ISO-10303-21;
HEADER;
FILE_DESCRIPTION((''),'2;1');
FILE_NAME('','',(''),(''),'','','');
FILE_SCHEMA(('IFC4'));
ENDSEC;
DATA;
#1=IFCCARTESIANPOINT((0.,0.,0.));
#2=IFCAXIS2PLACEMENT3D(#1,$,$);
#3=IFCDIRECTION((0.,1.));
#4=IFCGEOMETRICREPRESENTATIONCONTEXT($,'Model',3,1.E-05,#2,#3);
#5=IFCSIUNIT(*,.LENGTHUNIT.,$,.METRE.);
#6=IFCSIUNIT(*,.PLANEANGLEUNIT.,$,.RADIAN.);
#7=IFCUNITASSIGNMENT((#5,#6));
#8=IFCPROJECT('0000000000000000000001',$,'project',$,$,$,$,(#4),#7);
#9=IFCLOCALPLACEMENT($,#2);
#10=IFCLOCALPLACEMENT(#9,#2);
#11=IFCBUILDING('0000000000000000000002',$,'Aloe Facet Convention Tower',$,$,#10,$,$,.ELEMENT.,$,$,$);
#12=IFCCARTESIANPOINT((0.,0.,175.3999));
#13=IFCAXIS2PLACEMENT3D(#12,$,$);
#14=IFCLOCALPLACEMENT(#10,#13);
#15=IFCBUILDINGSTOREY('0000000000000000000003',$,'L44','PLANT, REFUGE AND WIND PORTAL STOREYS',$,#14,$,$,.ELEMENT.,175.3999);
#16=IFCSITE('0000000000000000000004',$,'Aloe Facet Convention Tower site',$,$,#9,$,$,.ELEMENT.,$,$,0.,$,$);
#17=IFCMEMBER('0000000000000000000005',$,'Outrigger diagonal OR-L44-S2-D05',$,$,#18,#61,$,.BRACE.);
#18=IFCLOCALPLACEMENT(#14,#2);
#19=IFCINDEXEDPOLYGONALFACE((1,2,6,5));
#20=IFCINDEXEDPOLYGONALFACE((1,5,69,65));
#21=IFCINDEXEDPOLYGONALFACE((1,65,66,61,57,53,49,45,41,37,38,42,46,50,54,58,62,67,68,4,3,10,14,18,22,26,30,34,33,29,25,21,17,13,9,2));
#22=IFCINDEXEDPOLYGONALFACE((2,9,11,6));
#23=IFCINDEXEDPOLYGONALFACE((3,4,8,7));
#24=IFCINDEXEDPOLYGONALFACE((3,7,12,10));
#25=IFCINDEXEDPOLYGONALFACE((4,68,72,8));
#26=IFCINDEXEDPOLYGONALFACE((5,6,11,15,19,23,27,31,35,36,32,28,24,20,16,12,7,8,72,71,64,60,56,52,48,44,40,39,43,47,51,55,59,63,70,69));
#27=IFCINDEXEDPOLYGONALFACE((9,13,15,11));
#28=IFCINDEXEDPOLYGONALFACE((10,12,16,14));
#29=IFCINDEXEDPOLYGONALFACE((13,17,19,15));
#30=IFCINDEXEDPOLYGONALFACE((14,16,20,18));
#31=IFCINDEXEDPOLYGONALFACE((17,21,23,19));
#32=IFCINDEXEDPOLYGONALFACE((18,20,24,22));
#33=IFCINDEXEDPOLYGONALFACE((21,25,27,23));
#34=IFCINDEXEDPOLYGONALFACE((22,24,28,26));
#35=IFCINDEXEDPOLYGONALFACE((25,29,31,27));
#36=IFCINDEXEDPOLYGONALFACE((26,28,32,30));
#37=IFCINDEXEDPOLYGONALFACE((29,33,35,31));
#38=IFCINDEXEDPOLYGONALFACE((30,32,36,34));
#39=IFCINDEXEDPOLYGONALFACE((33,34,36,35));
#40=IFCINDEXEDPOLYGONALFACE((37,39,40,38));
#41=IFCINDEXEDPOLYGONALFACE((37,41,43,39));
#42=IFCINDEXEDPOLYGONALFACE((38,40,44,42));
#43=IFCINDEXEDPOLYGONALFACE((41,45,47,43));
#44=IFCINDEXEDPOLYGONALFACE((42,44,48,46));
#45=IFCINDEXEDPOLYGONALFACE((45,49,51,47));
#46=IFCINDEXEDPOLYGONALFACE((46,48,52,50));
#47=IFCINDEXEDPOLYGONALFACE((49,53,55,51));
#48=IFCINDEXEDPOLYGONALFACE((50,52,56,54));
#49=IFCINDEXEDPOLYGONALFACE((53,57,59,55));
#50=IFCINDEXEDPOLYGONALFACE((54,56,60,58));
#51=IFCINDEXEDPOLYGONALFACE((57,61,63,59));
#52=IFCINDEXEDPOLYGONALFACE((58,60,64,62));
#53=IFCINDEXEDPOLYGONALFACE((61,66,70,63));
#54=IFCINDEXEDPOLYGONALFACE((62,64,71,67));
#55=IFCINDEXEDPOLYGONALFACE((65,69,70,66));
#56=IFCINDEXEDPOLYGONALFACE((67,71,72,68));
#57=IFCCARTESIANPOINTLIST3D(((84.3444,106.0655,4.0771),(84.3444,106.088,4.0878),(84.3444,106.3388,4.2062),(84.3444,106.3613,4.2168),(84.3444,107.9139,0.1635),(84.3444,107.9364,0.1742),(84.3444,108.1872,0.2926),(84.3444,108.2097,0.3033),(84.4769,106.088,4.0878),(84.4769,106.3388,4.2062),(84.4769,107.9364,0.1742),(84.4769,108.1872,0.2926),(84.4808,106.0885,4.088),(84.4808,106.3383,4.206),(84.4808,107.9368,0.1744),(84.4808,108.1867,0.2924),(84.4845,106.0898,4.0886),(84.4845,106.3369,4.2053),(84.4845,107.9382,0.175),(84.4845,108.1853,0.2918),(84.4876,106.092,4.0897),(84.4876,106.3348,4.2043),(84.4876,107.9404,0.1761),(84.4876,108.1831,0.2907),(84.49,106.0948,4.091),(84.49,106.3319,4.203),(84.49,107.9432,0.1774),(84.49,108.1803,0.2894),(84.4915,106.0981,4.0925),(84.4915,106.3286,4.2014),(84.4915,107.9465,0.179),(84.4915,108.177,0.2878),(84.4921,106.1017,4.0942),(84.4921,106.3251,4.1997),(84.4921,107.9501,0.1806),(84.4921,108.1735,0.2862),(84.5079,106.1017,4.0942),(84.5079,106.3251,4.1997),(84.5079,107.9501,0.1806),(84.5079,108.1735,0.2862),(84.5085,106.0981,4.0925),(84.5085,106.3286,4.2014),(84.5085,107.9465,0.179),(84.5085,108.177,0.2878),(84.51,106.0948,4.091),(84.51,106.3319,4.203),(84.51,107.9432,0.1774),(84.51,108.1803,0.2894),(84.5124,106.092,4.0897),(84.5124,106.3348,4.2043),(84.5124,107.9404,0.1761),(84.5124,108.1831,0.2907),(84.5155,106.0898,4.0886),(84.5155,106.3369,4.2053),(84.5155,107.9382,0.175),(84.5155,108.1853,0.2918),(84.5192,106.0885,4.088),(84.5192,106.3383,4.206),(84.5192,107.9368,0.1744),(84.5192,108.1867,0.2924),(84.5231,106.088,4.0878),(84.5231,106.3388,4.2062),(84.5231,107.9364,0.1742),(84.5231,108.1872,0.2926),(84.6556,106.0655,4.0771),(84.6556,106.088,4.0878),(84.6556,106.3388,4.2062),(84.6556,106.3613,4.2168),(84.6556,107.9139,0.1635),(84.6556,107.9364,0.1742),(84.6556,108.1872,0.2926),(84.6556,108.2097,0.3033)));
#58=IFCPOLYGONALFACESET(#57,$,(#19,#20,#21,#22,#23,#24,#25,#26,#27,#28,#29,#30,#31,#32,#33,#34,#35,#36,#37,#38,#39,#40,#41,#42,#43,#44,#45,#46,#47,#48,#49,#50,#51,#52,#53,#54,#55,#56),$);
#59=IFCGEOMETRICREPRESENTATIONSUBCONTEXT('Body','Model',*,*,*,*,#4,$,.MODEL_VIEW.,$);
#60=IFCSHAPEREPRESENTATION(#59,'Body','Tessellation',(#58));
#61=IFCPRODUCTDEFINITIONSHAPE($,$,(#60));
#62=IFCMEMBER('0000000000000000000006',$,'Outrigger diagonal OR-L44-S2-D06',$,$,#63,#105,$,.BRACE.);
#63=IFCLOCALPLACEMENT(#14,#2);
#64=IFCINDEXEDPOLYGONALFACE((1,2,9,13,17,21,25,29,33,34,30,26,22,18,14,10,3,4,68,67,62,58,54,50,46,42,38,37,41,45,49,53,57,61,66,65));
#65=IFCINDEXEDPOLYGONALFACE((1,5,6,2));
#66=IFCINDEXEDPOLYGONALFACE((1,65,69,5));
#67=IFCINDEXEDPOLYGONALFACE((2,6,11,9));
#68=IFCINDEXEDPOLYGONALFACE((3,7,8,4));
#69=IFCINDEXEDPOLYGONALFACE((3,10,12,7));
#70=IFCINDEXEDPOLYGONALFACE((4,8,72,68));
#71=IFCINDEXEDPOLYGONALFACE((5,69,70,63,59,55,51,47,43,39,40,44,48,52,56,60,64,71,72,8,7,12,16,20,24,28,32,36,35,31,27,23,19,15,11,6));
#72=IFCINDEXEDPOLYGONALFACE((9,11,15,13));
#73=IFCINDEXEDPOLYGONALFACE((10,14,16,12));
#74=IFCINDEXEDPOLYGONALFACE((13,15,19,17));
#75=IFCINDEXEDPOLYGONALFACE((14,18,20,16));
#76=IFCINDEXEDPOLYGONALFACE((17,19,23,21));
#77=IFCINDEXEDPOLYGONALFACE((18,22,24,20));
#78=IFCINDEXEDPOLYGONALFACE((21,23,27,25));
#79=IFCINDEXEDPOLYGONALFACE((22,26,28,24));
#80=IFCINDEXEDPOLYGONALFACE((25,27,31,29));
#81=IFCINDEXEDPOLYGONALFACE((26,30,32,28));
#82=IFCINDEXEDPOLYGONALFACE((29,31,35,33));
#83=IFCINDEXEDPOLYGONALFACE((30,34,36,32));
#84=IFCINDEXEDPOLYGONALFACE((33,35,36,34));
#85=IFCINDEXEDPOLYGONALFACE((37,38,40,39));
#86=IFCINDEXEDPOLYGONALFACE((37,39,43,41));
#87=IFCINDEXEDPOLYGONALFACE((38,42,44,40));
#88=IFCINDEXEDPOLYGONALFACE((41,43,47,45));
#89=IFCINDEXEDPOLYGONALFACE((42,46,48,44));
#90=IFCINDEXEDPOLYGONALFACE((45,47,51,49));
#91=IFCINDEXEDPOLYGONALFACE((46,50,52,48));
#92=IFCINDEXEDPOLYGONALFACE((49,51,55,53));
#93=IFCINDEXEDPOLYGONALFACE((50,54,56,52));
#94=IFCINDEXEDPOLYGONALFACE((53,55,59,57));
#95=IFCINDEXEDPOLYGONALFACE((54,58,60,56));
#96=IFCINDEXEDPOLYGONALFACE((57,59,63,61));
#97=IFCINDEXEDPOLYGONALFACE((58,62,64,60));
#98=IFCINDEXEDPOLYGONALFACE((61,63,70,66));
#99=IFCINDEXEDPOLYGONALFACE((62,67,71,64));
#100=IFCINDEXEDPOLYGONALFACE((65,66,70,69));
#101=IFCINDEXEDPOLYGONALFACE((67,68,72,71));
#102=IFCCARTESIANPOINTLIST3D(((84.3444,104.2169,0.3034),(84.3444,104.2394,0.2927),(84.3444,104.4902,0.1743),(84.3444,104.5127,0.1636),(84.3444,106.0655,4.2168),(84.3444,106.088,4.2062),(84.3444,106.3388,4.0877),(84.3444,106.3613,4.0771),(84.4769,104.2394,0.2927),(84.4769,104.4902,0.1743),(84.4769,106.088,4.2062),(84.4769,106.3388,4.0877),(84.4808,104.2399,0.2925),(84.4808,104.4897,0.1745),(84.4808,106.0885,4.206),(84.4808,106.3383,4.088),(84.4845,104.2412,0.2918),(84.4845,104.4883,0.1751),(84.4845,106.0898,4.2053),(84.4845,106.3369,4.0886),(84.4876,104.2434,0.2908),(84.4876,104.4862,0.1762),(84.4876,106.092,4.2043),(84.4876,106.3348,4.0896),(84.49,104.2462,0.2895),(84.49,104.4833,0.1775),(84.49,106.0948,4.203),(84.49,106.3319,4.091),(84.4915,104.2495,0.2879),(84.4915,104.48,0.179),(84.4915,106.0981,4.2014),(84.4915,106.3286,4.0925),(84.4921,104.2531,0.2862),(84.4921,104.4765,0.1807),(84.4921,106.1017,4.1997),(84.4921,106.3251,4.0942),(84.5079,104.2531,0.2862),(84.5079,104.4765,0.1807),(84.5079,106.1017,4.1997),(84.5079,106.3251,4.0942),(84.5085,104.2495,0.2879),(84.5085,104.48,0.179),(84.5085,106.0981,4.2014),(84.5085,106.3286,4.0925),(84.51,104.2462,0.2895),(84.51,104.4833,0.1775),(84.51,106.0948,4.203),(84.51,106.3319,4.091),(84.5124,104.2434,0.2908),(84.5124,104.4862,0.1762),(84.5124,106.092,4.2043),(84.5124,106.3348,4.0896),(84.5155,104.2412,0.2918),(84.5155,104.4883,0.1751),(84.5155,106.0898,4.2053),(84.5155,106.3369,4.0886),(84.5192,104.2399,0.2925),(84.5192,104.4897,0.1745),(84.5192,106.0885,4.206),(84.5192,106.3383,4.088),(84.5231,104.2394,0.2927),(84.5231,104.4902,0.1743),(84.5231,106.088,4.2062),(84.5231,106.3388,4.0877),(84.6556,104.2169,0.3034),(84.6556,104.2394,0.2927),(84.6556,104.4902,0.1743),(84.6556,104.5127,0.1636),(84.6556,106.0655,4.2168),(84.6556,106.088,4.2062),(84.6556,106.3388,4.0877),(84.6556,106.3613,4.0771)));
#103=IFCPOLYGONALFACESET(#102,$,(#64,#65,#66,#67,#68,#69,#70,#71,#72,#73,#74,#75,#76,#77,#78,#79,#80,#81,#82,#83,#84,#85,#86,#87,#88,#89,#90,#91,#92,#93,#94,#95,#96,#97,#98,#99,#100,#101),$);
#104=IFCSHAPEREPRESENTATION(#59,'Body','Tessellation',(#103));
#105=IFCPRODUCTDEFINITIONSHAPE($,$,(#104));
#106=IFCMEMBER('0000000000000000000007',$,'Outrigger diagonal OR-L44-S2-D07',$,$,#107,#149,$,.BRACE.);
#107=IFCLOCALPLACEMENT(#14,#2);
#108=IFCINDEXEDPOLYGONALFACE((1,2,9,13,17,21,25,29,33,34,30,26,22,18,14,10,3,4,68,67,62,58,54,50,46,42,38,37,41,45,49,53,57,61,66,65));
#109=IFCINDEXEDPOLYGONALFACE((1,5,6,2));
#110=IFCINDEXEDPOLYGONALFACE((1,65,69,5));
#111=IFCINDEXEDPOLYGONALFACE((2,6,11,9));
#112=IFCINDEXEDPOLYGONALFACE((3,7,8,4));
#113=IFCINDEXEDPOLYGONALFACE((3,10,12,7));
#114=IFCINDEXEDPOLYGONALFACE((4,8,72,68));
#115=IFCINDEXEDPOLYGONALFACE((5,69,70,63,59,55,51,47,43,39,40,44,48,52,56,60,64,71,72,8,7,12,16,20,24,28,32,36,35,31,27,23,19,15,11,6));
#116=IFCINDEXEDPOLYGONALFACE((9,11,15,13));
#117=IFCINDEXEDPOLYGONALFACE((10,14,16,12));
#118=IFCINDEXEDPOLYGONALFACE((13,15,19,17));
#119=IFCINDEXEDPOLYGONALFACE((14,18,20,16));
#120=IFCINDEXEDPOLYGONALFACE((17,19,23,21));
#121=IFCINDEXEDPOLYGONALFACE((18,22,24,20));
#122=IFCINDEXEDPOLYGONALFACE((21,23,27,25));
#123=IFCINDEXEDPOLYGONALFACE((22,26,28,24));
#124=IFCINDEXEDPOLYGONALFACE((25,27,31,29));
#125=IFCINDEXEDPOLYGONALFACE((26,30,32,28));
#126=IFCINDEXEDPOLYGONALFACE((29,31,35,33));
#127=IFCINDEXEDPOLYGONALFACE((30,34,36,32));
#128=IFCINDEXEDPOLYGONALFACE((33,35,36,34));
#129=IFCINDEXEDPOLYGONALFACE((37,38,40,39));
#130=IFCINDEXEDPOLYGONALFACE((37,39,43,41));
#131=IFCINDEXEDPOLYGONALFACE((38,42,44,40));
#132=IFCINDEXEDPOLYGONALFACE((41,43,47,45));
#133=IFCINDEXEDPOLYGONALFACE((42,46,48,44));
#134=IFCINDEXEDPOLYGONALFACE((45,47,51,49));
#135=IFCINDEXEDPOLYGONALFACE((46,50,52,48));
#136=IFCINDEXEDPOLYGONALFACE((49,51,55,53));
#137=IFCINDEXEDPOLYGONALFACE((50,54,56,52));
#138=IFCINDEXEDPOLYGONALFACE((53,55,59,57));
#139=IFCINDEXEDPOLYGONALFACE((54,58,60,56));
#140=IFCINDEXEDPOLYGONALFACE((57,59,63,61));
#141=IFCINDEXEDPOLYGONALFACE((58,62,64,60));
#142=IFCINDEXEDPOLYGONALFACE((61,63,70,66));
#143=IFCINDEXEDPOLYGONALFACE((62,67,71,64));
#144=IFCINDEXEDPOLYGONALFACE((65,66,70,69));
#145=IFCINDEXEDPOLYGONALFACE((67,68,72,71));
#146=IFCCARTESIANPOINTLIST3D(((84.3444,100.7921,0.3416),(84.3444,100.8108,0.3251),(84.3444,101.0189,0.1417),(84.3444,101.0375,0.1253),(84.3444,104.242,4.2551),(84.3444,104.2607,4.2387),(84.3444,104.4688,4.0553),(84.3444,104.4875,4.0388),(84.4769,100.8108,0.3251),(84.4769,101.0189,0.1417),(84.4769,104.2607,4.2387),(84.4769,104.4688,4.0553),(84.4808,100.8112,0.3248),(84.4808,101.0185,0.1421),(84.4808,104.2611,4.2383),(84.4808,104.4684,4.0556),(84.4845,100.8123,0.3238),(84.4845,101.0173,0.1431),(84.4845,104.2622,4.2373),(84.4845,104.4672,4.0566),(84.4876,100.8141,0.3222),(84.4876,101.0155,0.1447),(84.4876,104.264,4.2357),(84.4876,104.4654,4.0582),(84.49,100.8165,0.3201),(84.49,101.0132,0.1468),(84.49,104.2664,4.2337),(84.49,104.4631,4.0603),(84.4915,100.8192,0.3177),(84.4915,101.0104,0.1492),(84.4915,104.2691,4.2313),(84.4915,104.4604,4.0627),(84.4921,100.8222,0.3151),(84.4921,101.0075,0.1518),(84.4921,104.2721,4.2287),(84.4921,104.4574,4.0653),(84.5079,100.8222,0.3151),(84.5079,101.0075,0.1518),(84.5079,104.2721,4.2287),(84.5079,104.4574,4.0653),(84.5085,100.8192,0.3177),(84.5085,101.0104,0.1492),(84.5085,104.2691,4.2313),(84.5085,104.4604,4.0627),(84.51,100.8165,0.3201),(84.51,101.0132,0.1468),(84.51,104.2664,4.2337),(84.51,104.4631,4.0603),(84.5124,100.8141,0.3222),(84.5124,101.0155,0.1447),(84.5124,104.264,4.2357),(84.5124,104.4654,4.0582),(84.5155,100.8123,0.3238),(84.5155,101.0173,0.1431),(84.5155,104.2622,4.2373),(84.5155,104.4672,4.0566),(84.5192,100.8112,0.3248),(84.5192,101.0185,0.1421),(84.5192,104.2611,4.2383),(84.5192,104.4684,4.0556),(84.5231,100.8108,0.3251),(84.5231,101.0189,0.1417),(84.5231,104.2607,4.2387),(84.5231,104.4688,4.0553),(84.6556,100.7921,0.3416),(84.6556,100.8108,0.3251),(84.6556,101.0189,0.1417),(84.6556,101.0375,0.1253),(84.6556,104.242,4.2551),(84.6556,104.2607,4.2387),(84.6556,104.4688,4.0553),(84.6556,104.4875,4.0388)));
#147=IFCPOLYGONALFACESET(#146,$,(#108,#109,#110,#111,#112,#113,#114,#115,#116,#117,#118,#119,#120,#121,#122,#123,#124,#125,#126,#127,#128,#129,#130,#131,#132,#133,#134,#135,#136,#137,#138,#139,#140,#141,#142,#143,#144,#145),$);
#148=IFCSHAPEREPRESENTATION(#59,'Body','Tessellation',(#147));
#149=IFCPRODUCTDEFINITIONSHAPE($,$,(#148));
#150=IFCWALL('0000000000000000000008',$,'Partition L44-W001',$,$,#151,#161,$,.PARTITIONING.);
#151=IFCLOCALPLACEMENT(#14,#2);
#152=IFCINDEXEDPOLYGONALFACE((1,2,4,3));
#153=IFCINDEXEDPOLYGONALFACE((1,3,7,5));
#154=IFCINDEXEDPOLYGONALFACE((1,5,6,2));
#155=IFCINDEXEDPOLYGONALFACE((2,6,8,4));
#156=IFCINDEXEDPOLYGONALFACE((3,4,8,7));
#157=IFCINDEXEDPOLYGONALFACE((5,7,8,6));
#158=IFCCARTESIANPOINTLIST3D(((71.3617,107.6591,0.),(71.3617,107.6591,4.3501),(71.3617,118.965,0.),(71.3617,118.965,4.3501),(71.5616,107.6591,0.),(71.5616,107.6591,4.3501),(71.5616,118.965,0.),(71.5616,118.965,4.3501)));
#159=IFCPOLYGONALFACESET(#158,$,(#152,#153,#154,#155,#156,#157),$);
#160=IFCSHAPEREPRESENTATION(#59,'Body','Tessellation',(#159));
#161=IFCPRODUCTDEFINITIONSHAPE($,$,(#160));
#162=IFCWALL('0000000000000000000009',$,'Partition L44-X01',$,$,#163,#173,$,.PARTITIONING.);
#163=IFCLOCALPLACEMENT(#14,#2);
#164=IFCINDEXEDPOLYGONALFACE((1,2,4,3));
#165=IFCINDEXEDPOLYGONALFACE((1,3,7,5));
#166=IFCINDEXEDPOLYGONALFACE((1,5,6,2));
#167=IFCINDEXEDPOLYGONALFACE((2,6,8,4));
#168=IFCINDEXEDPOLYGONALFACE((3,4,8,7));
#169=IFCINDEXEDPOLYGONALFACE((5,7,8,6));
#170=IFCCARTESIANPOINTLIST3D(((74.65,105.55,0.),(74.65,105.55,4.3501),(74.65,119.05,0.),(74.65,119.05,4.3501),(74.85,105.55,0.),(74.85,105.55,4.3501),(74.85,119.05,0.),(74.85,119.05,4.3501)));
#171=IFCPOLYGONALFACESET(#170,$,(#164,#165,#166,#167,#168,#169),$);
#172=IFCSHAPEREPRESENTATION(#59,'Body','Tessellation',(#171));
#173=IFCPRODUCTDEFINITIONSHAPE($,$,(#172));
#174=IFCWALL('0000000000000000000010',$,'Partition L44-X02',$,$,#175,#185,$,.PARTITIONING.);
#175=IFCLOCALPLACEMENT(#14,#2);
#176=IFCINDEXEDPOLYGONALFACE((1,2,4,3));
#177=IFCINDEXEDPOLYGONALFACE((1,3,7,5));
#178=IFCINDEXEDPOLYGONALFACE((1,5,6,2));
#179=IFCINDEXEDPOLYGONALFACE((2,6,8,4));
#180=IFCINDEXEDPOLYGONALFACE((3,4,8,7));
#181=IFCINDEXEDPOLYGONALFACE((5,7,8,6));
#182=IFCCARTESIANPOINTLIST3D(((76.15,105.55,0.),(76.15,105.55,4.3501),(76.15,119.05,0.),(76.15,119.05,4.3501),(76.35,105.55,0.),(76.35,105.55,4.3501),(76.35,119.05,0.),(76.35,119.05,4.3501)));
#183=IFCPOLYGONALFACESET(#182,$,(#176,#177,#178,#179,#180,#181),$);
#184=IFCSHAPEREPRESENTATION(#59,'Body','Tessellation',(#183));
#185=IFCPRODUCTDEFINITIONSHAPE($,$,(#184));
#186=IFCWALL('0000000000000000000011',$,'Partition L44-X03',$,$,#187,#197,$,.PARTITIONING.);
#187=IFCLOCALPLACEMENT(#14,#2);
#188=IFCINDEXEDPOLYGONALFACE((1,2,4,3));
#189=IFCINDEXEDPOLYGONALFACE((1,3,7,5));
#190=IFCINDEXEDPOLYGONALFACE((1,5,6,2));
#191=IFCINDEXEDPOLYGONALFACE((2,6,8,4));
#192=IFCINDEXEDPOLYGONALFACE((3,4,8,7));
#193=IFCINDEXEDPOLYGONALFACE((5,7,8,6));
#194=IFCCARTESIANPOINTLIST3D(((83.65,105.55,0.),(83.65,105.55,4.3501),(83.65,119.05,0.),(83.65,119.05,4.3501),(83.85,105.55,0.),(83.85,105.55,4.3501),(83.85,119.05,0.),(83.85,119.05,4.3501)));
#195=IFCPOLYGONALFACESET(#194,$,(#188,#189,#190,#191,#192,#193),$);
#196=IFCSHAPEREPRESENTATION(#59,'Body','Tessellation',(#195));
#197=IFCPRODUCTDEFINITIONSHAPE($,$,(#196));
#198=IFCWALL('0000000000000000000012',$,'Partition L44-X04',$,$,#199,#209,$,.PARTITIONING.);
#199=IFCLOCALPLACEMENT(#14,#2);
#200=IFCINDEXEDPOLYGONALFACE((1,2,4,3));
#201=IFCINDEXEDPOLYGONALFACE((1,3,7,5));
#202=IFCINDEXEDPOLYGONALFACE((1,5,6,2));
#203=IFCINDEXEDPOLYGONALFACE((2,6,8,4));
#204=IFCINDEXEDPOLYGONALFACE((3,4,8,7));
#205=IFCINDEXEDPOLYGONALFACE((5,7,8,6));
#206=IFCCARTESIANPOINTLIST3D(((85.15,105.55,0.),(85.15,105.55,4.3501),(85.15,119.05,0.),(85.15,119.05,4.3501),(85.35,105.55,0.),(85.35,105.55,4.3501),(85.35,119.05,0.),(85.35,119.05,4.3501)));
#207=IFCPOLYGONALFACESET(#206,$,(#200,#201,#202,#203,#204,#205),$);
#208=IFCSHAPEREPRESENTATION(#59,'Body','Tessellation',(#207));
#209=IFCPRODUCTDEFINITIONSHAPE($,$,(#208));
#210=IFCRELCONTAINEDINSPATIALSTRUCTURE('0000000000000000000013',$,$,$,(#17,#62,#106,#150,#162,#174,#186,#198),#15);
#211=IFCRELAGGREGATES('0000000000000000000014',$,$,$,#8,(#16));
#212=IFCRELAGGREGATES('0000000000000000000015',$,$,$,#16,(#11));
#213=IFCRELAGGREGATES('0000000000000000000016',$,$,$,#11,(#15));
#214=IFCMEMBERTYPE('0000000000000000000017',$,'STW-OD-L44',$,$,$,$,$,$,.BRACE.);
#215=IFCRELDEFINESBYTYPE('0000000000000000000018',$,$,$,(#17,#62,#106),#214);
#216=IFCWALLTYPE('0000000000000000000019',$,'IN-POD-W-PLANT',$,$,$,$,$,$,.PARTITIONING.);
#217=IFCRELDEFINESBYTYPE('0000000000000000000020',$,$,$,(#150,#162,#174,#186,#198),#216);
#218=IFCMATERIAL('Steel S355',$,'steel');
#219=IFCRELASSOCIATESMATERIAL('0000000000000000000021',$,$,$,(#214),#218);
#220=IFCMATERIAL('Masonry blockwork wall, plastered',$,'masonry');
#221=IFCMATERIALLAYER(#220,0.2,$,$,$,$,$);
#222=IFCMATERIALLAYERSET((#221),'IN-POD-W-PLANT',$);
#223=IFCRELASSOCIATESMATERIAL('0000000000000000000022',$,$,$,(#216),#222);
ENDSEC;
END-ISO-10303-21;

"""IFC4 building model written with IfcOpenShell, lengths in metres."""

from ifc_helpers import new_model, si_unit, direction, frame, frame_2d, origin, origin_2d, place, context, subcontext, project, spatial, rectangle, i_section, extrude, material, layer, layer_set, material_profile, profile_set, type_object, element, save


model = new_model("IFC4")

# Units and contexts
model_context = context("Model", 3, precision=1e-05, world=origin(), true_north=direction((0.0, 1.0)))
body_context = subcontext(model_context, "Body", "Model", "MODEL_VIEW")
ifc_project = project(units=[si_unit("LENGTHUNIT", "METRE"), si_unit("PLANEANGLEUNIT", "RADIAN")], contexts=[model_context])

# Site, building, storey
site_placement = place(None, origin())
site = spatial("IfcSite", under=ifc_project, at=site_placement, Name="Aloe Facet Convention Tower site", CompositionType="ELEMENT", RefElevation=0.0)
building_placement = place(site_placement, origin())
building = spatial("IfcBuilding", under=site, at=building_placement, Name="Aloe Facet Convention Tower", CompositionType="ELEMENT")
storey_placement = place(building_placement, frame((0.0, 0.0, 175.3999)))
storey = spatial("IfcBuildingStorey", under=building, at=storey_placement, Name="L44", Description="PLANT, REFUGE AND WIND PORTAL STOREYS", CompositionType="ELEMENT", Elevation=175.3999)

# Members
ifc_material_1 = material(Name="Steel S355", Category="steel")
ifc_material_profile_1 = material_profile(ifc_material_1, i_section(OverallWidth=0.3113, OverallDepth=0.3271, WebThickness=0.0159, FlangeThickness=0.0249, FilletRadius=0.0151, at=origin_2d()), Name="UC 305x305x158")
ifc_profile_set_1 = profile_set([ifc_material_profile_1], Name="Steel S355")
member_type_1 = type_object("IfcMemberType", Name="STW-OD-L44", PredefinedType="BRACE", material=ifc_profile_set_1)
for number, where, z_axis, x_axis, name in (
    (1, (84.5, 108.0618, 0.2334), (0.0, -0.427065, 0.904221), (1.0, 0.0, 0.0), "Outrigger diagonal OR-L44-S2-D05"),
    (2, (84.5, 106.2134, 4.147), (0.0, -0.427111, -0.904199), (1.0, 0.0, 0.0), "Outrigger diagonal OR-L44-S2-D06"),
):
    element("IfcMember", number, at=place(storey_placement, frame(where, z_axis=z_axis, x_axis=x_axis)), inside=storey, type_object=member_type_1, Name=name, PredefinedType="BRACE", context=body_context, shape_type="SweptSolid", body=[
        extrude(i_section(OverallWidth=0.3113, OverallDepth=0.3271, WebThickness=0.0159, FlangeThickness=0.0249, FilletRadius=0.0151, at=origin_2d()), origin(), (0.0, 0.0, 1.0), 4.3281),
    ])
member_1_placement = place(storey_placement, frame((84.5, 104.3647, 4.147), z_axis=(0.0, -0.661276, -0.750142), x_axis=(1.0, 0.0, 0.0)))
element("IfcMember", 3, at=member_1_placement, inside=storey, type_object=member_type_1, Name="Outrigger diagonal OR-L44-S2-D07", PredefinedType="BRACE", context=body_context, shape_type="SweptSolid", body=[
    extrude(i_section(OverallWidth=0.3113, OverallDepth=0.3271, WebThickness=0.0159, FlangeThickness=0.0249, FilletRadius=0.0151, at=origin_2d()), origin(), (0.0, 0.0, 1.0), 5.217),
])

# Walls
ifc_material_2 = material(Name="Masonry blockwork wall, plastered", Category="masonry")
ifc_layer_1 = layer(ifc_material_2, 0.2)
ifc_layer_set_1 = layer_set([ifc_layer_1], Name="IN-POD-W-PLANT")
wall_type = type_object("IfcWallType", Name="IN-POD-W-PLANT", PredefinedType="PARTITIONING", material=ifc_layer_set_1)
wall_placement = place(storey_placement, frame((71.4617, 107.6592, 0.0), z_axis=(0.0, 0.0, 1.0), x_axis=(0.0, 1.0, 0.0)))
element("IfcWall", 4, at=wall_placement, inside=storey, type_object=wall_type, Name="Partition L44-W001", PredefinedType="PARTITIONING", context=body_context, shape_type="SweptSolid", body=[
    extrude(rectangle(XDim=11.3059, YDim=0.2, at=frame_2d((5.6528, 0.0))), origin(), (0.0, 0.0, 1.0), 4.3501),
])
for number, where, z_axis, x_axis, name in (
    (5, (74.75, 105.55, 0.0), (0.0, 0.0, 1.0), (0.0, 1.0, 0.0), "Partition L44-X01"),
    (6, (76.25, 105.55, 0.0), (0.0, 0.0, 1.0), (0.0, 1.0, 0.0), "Partition L44-X02"),
    (7, (83.75, 105.55, 0.0), (0.0, 0.0, 1.0), (0.0, 1.0, 0.0), "Partition L44-X03"),
    (8, (85.25, 105.55, 0.0), (0.0, 0.0, 1.0), (0.0, 1.0, 0.0), "Partition L44-X04"),
):
    element("IfcWall", number, at=place(storey_placement, frame(where, z_axis=z_axis, x_axis=x_axis)), inside=storey, type_object=wall_type, Name=name, PredefinedType="PARTITIONING", context=body_context, shape_type="SweptSolid", body=[
        extrude(rectangle(XDim=13.5, YDim=0.2, at=frame_2d((6.75, 0.0))), origin(), (0.0, 0.0, 1.0), 4.3501),
    ])

save(model, "model.ifc")
